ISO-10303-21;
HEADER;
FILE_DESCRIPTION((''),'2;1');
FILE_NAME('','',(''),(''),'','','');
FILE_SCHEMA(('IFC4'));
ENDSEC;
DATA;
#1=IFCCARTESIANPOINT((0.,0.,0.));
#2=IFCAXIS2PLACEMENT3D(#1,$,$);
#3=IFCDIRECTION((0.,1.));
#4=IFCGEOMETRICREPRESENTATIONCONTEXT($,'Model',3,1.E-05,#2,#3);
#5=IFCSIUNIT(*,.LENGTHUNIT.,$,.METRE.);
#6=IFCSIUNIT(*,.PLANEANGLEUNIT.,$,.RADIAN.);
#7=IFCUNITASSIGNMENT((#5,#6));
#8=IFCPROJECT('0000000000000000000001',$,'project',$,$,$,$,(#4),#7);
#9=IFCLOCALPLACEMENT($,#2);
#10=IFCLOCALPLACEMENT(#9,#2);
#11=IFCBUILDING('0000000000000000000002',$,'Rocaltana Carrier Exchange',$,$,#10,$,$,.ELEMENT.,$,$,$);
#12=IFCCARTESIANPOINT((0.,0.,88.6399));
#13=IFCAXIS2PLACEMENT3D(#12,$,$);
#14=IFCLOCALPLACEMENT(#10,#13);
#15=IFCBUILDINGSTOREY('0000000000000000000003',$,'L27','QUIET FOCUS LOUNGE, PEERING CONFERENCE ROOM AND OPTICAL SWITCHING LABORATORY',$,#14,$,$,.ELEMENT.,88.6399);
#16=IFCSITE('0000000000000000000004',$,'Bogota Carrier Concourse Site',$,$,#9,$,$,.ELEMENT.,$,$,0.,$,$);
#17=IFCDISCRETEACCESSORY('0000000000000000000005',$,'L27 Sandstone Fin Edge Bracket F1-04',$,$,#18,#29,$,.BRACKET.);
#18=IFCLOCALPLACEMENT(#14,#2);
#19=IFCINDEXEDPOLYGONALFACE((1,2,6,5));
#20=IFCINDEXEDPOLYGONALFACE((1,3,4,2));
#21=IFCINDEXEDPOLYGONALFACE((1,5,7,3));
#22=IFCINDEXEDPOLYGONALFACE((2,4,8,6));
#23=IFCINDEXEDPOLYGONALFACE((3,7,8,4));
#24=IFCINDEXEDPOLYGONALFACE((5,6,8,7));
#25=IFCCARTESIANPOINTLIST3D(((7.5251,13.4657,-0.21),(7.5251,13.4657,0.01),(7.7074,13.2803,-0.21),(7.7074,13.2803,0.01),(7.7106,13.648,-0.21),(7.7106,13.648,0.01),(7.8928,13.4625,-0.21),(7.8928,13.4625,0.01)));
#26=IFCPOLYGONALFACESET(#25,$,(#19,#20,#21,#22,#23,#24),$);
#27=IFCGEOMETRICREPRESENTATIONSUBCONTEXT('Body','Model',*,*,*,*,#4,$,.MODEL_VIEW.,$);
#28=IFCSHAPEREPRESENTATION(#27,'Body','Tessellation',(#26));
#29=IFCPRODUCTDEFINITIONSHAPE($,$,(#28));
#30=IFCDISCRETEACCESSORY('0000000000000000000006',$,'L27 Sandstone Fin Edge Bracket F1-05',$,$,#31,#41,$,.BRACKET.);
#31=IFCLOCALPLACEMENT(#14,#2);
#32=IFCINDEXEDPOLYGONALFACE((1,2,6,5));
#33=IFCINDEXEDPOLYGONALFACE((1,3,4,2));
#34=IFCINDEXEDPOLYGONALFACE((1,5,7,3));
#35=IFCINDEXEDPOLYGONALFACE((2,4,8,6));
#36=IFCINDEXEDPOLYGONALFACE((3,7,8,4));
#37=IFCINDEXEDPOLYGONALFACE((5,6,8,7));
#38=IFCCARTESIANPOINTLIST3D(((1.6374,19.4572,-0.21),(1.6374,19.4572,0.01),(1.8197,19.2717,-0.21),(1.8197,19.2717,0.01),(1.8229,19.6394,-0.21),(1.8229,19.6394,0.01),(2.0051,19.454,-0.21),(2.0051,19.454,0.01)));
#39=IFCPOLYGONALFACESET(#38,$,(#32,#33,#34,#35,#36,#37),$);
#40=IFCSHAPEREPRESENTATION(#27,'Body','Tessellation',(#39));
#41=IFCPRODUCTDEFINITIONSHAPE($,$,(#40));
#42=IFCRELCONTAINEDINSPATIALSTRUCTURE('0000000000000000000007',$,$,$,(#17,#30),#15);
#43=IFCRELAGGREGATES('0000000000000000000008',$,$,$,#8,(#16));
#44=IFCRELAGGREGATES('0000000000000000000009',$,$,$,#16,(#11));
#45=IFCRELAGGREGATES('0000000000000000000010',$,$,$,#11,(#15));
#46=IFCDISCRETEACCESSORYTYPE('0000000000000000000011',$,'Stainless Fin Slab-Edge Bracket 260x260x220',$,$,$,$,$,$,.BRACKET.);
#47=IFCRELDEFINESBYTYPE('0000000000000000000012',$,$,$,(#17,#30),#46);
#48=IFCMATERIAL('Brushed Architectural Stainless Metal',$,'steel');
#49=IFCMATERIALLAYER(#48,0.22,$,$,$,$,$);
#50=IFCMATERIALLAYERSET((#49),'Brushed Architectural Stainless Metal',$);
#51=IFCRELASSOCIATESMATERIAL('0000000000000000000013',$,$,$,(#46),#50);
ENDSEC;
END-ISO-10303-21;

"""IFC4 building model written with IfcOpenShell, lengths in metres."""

from ifc_helpers import new_model, si_unit, direction, frame, origin, origin_2d, place, context, subcontext, project, spatial, rectangle, extrude, material, layer, layer_set, type_object, element, save


model = new_model("IFC4")

# Units and contexts
model_context = context("Model", 3, precision=1e-05, world=origin(), true_north=direction((0.0, 1.0)))
body_context = subcontext(model_context, "Body", "Model", "MODEL_VIEW")
ifc_project = project(units=[si_unit("LENGTHUNIT", "METRE"), si_unit("PLANEANGLEUNIT", "RADIAN")], contexts=[model_context])

# Site, building, storey
site_placement = place(None, origin())
site = spatial("IfcSite", under=ifc_project, at=site_placement, Name="Bogota Carrier Concourse Site", CompositionType="ELEMENT", RefElevation=0.0)
building_placement = place(site_placement, origin())
building = spatial("IfcBuilding", under=site, at=building_placement, Name="Rocaltana Carrier Exchange", CompositionType="ELEMENT")
storey_placement = place(building_placement, frame((0.0, 0.0, 88.6399)))
storey = spatial("IfcBuildingStorey", under=building, at=storey_placement, Name="L27", Description="QUIET FOCUS LOUNGE, PEERING CONFERENCE ROOM AND OPTICAL SWITCHING LABORATORY", CompositionType="ELEMENT", Elevation=88.6399)

# Discrete accessories
ifc_material_1 = material(Name="Brushed Architectural Stainless Metal", Category="steel")
ifc_layer_1 = layer(ifc_material_1, 0.22)
ifc_layer_set_1 = layer_set([ifc_layer_1], Name="Brushed Architectural Stainless Metal")
discrete_accessory_type = type_object("IfcDiscreteAccessoryType", Name="Stainless Fin Slab-Edge Bracket 260x260x220", PredefinedType="BRACKET", material=ifc_layer_set_1)
for number, where, z_axis, x_axis, name in (
    (1, (7.709, 13.4641, -0.21), (0.0, 0.0, 1.0), (-0.700909, 0.71325, 0.0), "L27 Sandstone Fin Edge Bracket F1-04"),
    (2, (1.8213, 19.4556, -0.21), (0.0, 0.0, 1.0), (-0.700909, 0.71325, 0.0), "L27 Sandstone Fin Edge Bracket F1-05"),
):
    element("IfcDiscreteAccessory", number, at=place(storey_placement, frame(where, z_axis=z_axis, x_axis=x_axis)), inside=storey, type_object=discrete_accessory_type, Name=name, PredefinedType="BRACKET", context=body_context, shape_type="SweptSolid", body=[
        extrude(rectangle(XDim=0.26, YDim=0.26, at=origin_2d()), origin(), (0.0, 0.0, 1.0), 0.22),
    ])

save(model, "model.ifc")
